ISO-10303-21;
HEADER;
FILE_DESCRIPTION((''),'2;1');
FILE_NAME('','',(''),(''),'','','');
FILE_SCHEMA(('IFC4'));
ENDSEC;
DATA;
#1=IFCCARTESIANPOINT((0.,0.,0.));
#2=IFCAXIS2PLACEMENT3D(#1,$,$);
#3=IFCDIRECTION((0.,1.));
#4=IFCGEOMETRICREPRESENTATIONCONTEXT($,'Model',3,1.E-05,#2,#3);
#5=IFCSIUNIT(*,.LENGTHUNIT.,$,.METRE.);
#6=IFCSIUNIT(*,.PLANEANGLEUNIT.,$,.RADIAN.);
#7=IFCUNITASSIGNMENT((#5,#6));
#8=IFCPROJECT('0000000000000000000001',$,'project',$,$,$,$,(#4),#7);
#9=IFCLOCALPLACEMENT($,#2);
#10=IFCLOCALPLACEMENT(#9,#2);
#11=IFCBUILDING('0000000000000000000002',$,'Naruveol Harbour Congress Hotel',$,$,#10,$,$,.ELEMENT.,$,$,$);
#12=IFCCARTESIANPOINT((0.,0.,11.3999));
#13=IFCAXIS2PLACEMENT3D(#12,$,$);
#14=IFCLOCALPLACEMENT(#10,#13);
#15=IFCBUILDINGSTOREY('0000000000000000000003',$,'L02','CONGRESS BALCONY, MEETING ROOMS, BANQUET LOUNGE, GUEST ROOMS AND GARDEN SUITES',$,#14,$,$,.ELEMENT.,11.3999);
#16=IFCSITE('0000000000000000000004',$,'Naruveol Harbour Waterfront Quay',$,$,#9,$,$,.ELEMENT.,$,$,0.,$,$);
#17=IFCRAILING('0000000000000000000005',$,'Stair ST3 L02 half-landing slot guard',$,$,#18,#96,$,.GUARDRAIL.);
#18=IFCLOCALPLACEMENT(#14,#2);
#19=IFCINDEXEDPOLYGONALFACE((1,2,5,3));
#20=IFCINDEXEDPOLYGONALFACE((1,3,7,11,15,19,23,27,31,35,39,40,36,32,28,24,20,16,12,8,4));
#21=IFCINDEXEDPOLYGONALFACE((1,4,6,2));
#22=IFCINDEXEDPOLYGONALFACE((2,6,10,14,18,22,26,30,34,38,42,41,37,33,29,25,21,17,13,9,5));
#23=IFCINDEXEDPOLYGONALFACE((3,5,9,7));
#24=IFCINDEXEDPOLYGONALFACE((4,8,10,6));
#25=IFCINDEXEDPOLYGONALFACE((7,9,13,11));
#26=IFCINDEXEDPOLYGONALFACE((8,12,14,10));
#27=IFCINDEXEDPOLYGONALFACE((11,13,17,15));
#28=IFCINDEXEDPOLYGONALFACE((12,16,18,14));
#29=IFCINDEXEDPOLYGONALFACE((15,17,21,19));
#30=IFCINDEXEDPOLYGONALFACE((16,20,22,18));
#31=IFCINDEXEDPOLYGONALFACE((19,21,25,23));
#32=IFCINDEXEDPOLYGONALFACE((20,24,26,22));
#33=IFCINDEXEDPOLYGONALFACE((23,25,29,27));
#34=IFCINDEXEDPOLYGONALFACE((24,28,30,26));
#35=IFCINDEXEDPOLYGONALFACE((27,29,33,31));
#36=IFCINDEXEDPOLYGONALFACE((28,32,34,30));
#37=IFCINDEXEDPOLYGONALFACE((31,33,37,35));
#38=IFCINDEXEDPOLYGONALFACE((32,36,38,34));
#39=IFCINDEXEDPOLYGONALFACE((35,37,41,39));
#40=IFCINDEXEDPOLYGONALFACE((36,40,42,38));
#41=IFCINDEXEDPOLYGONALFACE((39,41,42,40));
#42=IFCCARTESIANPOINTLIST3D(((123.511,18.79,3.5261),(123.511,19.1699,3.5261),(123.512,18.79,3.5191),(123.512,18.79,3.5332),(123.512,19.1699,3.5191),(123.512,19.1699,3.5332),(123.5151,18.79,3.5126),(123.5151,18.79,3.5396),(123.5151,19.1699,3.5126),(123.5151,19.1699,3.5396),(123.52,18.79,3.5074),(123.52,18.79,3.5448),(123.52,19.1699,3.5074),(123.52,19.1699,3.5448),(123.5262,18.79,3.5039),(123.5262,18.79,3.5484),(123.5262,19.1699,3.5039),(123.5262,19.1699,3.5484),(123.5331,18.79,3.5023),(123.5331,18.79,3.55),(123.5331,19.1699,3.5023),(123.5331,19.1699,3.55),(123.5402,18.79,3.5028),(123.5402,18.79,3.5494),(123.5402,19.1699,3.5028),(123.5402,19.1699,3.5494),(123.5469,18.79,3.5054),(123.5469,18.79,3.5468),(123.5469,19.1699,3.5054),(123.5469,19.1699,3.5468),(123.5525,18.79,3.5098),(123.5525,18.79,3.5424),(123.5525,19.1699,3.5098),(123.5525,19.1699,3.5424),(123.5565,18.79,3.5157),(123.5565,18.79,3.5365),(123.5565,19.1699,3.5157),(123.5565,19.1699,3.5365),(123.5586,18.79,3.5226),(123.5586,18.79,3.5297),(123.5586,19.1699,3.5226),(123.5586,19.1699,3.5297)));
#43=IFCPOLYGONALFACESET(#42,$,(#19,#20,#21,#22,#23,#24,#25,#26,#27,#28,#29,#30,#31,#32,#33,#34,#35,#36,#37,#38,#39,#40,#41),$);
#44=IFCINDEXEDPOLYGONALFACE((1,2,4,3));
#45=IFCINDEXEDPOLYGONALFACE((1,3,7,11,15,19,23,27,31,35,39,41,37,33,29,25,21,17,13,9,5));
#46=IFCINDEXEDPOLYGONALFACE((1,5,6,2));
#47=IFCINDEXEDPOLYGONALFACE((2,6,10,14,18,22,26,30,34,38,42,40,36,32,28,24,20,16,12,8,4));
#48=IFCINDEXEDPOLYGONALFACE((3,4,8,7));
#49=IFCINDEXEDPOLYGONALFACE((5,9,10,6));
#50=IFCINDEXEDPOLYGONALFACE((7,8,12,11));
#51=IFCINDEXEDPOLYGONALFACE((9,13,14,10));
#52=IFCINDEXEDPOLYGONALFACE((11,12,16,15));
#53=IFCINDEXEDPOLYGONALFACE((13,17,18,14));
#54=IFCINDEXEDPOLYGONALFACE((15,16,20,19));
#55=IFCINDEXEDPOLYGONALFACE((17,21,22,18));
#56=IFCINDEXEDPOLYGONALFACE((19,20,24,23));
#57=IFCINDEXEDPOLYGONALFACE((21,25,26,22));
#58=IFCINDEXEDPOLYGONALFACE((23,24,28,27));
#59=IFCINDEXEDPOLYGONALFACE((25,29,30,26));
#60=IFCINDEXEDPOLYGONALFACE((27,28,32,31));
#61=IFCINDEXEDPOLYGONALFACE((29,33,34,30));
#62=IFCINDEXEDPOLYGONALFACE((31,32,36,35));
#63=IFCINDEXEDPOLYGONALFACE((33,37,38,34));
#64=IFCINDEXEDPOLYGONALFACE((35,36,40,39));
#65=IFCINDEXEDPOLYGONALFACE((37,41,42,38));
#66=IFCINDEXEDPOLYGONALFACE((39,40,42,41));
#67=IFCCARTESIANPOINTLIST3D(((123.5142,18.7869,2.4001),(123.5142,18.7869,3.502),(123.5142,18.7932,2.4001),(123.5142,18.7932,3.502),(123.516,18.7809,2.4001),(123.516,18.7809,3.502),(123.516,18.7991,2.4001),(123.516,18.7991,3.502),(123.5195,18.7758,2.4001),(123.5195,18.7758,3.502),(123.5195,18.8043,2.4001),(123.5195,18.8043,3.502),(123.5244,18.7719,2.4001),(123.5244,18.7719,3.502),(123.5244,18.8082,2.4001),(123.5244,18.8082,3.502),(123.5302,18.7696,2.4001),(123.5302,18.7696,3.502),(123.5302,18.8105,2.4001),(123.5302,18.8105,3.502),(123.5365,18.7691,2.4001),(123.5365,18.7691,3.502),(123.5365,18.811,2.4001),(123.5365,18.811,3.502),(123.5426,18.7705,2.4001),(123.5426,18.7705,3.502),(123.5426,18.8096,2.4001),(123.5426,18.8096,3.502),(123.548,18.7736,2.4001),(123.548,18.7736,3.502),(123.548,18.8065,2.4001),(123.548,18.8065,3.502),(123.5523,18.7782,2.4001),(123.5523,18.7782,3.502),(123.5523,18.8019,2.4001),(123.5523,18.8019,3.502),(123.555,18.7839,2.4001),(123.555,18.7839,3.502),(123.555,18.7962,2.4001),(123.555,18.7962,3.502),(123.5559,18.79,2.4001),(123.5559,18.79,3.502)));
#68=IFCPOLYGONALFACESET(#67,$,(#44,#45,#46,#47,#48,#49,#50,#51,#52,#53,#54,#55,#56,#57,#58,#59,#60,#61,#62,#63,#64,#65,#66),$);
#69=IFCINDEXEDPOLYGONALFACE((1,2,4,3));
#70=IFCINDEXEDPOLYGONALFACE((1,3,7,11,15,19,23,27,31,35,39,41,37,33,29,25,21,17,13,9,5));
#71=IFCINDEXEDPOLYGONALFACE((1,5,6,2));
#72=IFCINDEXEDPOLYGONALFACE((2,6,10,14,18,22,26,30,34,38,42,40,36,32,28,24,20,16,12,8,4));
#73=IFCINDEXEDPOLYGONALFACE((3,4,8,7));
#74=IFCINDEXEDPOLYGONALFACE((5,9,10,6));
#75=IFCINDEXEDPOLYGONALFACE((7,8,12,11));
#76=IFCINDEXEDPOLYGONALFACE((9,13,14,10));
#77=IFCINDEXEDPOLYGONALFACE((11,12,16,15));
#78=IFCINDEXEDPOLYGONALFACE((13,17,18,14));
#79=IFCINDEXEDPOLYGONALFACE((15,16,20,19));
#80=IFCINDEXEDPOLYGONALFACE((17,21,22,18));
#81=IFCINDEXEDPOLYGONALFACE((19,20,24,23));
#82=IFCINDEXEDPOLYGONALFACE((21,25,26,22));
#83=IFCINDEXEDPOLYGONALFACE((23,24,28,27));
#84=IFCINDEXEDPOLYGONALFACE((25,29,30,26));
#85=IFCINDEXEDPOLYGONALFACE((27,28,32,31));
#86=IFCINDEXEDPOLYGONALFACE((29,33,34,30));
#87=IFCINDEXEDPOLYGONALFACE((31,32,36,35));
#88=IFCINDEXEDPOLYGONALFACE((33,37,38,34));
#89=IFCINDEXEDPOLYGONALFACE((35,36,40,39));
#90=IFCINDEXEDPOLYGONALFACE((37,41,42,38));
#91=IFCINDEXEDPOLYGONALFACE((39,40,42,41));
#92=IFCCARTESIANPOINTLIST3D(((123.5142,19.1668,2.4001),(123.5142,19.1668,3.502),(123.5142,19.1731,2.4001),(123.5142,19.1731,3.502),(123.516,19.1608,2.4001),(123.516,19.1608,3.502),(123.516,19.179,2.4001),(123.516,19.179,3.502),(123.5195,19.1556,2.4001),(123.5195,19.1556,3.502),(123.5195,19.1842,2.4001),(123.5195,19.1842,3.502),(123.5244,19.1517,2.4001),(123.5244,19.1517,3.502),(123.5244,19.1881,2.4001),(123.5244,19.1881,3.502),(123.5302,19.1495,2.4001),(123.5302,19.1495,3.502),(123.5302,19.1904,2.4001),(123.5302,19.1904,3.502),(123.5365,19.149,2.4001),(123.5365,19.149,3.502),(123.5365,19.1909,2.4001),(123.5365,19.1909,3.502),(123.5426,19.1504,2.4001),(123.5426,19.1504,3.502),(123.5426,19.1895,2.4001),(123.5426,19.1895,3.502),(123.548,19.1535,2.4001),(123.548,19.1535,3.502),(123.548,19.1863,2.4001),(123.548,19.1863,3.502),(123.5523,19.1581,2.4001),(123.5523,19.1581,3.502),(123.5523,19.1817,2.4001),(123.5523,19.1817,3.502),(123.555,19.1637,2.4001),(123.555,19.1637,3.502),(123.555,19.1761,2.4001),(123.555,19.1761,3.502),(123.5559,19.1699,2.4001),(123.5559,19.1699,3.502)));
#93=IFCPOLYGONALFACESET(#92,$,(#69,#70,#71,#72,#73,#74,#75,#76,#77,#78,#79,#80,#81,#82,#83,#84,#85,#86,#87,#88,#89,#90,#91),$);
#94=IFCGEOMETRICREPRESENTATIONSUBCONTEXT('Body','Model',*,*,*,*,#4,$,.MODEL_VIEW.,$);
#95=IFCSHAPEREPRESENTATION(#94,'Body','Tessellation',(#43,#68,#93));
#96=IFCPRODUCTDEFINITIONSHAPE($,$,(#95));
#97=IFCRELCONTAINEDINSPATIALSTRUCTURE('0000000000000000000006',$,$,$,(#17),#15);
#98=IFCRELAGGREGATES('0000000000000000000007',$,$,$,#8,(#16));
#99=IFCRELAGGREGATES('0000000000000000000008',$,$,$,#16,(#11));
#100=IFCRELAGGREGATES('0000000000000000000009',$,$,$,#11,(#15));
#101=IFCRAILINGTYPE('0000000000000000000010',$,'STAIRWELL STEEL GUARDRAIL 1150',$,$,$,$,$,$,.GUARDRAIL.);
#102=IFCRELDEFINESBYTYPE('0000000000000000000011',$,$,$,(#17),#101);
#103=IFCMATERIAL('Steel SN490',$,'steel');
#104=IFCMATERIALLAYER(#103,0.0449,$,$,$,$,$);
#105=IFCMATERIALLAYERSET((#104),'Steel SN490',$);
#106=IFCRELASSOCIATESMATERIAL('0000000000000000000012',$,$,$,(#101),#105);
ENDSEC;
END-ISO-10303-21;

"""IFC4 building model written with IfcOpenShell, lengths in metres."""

from ifc_helpers import new_model, si_unit, direction, frame, origin, origin_2d, place, context, subcontext, project, spatial, circle, extrude, material, layer, layer_set, type_object, element, save


model = new_model("IFC4")

# Units and contexts
model_context = context("Model", 3, precision=1e-05, world=origin(), true_north=direction((0.0, 1.0)))
body_context = subcontext(model_context, "Body", "Model", "MODEL_VIEW")
ifc_project = project(units=[si_unit("LENGTHUNIT", "METRE"), si_unit("PLANEANGLEUNIT", "RADIAN")], contexts=[model_context])

# Site, building, storey
site_placement = place(None, origin())
site = spatial("IfcSite", under=ifc_project, at=site_placement, Name="Naruveol Harbour Waterfront Quay", CompositionType="ELEMENT", RefElevation=0.0)
building_placement = place(site_placement, origin())
building = spatial("IfcBuilding", under=site, at=building_placement, Name="Naruveol Harbour Congress Hotel", CompositionType="ELEMENT")
storey_placement = place(building_placement, frame((0.0, 0.0, 11.3999)))
storey = spatial("IfcBuildingStorey", under=building, at=storey_placement, Name="L02", Description="CONGRESS BALCONY, MEETING ROOMS, BANQUET LOUNGE, GUEST ROOMS AND GARDEN SUITES", CompositionType="ELEMENT", Elevation=11.3999)

# Railing
ifc_material_1 = material(Name="Steel SN490", Category="steel")
ifc_layer_1 = layer(ifc_material_1, 0.0449)
ifc_layer_set_1 = layer_set([ifc_layer_1], Name="Steel SN490")
railing_type_1 = type_object("IfcRailingType", Name="STAIRWELL STEEL GUARDRAIL 1150", PredefinedType="GUARDRAIL", material=ifc_layer_set_1)
railing_1_placement = place(storey_placement, frame((123.5349, 18.79, 2.4001)))
element("IfcRailing", 1, at=railing_1_placement, inside=storey, type_object=railing_type_1, Name="Stair ST3 L02 half-landing slot guard", PredefinedType="GUARDRAIL", context=body_context, shape_type="SweptSolid", body=[
    extrude(circle(Radius=0.0239, at=origin_2d()), frame((0.0, 0.0, 1.126), z_axis=(0.0, 1.0, 0.0), x_axis=(-1.0, 0.0, 0.0)), (0.0, 0.0, 1.0), 0.3799),
    extrude(circle(Radius=0.021, at=origin_2d()), origin(), (0.0, 0.0, 1.0), 1.1018),
    extrude(circle(Radius=0.021, at=origin_2d()), frame((0.0, 0.3799, 0.0)), (0.0, 0.0, 1.0), 1.1018),
])

save(model, "model.ifc")
